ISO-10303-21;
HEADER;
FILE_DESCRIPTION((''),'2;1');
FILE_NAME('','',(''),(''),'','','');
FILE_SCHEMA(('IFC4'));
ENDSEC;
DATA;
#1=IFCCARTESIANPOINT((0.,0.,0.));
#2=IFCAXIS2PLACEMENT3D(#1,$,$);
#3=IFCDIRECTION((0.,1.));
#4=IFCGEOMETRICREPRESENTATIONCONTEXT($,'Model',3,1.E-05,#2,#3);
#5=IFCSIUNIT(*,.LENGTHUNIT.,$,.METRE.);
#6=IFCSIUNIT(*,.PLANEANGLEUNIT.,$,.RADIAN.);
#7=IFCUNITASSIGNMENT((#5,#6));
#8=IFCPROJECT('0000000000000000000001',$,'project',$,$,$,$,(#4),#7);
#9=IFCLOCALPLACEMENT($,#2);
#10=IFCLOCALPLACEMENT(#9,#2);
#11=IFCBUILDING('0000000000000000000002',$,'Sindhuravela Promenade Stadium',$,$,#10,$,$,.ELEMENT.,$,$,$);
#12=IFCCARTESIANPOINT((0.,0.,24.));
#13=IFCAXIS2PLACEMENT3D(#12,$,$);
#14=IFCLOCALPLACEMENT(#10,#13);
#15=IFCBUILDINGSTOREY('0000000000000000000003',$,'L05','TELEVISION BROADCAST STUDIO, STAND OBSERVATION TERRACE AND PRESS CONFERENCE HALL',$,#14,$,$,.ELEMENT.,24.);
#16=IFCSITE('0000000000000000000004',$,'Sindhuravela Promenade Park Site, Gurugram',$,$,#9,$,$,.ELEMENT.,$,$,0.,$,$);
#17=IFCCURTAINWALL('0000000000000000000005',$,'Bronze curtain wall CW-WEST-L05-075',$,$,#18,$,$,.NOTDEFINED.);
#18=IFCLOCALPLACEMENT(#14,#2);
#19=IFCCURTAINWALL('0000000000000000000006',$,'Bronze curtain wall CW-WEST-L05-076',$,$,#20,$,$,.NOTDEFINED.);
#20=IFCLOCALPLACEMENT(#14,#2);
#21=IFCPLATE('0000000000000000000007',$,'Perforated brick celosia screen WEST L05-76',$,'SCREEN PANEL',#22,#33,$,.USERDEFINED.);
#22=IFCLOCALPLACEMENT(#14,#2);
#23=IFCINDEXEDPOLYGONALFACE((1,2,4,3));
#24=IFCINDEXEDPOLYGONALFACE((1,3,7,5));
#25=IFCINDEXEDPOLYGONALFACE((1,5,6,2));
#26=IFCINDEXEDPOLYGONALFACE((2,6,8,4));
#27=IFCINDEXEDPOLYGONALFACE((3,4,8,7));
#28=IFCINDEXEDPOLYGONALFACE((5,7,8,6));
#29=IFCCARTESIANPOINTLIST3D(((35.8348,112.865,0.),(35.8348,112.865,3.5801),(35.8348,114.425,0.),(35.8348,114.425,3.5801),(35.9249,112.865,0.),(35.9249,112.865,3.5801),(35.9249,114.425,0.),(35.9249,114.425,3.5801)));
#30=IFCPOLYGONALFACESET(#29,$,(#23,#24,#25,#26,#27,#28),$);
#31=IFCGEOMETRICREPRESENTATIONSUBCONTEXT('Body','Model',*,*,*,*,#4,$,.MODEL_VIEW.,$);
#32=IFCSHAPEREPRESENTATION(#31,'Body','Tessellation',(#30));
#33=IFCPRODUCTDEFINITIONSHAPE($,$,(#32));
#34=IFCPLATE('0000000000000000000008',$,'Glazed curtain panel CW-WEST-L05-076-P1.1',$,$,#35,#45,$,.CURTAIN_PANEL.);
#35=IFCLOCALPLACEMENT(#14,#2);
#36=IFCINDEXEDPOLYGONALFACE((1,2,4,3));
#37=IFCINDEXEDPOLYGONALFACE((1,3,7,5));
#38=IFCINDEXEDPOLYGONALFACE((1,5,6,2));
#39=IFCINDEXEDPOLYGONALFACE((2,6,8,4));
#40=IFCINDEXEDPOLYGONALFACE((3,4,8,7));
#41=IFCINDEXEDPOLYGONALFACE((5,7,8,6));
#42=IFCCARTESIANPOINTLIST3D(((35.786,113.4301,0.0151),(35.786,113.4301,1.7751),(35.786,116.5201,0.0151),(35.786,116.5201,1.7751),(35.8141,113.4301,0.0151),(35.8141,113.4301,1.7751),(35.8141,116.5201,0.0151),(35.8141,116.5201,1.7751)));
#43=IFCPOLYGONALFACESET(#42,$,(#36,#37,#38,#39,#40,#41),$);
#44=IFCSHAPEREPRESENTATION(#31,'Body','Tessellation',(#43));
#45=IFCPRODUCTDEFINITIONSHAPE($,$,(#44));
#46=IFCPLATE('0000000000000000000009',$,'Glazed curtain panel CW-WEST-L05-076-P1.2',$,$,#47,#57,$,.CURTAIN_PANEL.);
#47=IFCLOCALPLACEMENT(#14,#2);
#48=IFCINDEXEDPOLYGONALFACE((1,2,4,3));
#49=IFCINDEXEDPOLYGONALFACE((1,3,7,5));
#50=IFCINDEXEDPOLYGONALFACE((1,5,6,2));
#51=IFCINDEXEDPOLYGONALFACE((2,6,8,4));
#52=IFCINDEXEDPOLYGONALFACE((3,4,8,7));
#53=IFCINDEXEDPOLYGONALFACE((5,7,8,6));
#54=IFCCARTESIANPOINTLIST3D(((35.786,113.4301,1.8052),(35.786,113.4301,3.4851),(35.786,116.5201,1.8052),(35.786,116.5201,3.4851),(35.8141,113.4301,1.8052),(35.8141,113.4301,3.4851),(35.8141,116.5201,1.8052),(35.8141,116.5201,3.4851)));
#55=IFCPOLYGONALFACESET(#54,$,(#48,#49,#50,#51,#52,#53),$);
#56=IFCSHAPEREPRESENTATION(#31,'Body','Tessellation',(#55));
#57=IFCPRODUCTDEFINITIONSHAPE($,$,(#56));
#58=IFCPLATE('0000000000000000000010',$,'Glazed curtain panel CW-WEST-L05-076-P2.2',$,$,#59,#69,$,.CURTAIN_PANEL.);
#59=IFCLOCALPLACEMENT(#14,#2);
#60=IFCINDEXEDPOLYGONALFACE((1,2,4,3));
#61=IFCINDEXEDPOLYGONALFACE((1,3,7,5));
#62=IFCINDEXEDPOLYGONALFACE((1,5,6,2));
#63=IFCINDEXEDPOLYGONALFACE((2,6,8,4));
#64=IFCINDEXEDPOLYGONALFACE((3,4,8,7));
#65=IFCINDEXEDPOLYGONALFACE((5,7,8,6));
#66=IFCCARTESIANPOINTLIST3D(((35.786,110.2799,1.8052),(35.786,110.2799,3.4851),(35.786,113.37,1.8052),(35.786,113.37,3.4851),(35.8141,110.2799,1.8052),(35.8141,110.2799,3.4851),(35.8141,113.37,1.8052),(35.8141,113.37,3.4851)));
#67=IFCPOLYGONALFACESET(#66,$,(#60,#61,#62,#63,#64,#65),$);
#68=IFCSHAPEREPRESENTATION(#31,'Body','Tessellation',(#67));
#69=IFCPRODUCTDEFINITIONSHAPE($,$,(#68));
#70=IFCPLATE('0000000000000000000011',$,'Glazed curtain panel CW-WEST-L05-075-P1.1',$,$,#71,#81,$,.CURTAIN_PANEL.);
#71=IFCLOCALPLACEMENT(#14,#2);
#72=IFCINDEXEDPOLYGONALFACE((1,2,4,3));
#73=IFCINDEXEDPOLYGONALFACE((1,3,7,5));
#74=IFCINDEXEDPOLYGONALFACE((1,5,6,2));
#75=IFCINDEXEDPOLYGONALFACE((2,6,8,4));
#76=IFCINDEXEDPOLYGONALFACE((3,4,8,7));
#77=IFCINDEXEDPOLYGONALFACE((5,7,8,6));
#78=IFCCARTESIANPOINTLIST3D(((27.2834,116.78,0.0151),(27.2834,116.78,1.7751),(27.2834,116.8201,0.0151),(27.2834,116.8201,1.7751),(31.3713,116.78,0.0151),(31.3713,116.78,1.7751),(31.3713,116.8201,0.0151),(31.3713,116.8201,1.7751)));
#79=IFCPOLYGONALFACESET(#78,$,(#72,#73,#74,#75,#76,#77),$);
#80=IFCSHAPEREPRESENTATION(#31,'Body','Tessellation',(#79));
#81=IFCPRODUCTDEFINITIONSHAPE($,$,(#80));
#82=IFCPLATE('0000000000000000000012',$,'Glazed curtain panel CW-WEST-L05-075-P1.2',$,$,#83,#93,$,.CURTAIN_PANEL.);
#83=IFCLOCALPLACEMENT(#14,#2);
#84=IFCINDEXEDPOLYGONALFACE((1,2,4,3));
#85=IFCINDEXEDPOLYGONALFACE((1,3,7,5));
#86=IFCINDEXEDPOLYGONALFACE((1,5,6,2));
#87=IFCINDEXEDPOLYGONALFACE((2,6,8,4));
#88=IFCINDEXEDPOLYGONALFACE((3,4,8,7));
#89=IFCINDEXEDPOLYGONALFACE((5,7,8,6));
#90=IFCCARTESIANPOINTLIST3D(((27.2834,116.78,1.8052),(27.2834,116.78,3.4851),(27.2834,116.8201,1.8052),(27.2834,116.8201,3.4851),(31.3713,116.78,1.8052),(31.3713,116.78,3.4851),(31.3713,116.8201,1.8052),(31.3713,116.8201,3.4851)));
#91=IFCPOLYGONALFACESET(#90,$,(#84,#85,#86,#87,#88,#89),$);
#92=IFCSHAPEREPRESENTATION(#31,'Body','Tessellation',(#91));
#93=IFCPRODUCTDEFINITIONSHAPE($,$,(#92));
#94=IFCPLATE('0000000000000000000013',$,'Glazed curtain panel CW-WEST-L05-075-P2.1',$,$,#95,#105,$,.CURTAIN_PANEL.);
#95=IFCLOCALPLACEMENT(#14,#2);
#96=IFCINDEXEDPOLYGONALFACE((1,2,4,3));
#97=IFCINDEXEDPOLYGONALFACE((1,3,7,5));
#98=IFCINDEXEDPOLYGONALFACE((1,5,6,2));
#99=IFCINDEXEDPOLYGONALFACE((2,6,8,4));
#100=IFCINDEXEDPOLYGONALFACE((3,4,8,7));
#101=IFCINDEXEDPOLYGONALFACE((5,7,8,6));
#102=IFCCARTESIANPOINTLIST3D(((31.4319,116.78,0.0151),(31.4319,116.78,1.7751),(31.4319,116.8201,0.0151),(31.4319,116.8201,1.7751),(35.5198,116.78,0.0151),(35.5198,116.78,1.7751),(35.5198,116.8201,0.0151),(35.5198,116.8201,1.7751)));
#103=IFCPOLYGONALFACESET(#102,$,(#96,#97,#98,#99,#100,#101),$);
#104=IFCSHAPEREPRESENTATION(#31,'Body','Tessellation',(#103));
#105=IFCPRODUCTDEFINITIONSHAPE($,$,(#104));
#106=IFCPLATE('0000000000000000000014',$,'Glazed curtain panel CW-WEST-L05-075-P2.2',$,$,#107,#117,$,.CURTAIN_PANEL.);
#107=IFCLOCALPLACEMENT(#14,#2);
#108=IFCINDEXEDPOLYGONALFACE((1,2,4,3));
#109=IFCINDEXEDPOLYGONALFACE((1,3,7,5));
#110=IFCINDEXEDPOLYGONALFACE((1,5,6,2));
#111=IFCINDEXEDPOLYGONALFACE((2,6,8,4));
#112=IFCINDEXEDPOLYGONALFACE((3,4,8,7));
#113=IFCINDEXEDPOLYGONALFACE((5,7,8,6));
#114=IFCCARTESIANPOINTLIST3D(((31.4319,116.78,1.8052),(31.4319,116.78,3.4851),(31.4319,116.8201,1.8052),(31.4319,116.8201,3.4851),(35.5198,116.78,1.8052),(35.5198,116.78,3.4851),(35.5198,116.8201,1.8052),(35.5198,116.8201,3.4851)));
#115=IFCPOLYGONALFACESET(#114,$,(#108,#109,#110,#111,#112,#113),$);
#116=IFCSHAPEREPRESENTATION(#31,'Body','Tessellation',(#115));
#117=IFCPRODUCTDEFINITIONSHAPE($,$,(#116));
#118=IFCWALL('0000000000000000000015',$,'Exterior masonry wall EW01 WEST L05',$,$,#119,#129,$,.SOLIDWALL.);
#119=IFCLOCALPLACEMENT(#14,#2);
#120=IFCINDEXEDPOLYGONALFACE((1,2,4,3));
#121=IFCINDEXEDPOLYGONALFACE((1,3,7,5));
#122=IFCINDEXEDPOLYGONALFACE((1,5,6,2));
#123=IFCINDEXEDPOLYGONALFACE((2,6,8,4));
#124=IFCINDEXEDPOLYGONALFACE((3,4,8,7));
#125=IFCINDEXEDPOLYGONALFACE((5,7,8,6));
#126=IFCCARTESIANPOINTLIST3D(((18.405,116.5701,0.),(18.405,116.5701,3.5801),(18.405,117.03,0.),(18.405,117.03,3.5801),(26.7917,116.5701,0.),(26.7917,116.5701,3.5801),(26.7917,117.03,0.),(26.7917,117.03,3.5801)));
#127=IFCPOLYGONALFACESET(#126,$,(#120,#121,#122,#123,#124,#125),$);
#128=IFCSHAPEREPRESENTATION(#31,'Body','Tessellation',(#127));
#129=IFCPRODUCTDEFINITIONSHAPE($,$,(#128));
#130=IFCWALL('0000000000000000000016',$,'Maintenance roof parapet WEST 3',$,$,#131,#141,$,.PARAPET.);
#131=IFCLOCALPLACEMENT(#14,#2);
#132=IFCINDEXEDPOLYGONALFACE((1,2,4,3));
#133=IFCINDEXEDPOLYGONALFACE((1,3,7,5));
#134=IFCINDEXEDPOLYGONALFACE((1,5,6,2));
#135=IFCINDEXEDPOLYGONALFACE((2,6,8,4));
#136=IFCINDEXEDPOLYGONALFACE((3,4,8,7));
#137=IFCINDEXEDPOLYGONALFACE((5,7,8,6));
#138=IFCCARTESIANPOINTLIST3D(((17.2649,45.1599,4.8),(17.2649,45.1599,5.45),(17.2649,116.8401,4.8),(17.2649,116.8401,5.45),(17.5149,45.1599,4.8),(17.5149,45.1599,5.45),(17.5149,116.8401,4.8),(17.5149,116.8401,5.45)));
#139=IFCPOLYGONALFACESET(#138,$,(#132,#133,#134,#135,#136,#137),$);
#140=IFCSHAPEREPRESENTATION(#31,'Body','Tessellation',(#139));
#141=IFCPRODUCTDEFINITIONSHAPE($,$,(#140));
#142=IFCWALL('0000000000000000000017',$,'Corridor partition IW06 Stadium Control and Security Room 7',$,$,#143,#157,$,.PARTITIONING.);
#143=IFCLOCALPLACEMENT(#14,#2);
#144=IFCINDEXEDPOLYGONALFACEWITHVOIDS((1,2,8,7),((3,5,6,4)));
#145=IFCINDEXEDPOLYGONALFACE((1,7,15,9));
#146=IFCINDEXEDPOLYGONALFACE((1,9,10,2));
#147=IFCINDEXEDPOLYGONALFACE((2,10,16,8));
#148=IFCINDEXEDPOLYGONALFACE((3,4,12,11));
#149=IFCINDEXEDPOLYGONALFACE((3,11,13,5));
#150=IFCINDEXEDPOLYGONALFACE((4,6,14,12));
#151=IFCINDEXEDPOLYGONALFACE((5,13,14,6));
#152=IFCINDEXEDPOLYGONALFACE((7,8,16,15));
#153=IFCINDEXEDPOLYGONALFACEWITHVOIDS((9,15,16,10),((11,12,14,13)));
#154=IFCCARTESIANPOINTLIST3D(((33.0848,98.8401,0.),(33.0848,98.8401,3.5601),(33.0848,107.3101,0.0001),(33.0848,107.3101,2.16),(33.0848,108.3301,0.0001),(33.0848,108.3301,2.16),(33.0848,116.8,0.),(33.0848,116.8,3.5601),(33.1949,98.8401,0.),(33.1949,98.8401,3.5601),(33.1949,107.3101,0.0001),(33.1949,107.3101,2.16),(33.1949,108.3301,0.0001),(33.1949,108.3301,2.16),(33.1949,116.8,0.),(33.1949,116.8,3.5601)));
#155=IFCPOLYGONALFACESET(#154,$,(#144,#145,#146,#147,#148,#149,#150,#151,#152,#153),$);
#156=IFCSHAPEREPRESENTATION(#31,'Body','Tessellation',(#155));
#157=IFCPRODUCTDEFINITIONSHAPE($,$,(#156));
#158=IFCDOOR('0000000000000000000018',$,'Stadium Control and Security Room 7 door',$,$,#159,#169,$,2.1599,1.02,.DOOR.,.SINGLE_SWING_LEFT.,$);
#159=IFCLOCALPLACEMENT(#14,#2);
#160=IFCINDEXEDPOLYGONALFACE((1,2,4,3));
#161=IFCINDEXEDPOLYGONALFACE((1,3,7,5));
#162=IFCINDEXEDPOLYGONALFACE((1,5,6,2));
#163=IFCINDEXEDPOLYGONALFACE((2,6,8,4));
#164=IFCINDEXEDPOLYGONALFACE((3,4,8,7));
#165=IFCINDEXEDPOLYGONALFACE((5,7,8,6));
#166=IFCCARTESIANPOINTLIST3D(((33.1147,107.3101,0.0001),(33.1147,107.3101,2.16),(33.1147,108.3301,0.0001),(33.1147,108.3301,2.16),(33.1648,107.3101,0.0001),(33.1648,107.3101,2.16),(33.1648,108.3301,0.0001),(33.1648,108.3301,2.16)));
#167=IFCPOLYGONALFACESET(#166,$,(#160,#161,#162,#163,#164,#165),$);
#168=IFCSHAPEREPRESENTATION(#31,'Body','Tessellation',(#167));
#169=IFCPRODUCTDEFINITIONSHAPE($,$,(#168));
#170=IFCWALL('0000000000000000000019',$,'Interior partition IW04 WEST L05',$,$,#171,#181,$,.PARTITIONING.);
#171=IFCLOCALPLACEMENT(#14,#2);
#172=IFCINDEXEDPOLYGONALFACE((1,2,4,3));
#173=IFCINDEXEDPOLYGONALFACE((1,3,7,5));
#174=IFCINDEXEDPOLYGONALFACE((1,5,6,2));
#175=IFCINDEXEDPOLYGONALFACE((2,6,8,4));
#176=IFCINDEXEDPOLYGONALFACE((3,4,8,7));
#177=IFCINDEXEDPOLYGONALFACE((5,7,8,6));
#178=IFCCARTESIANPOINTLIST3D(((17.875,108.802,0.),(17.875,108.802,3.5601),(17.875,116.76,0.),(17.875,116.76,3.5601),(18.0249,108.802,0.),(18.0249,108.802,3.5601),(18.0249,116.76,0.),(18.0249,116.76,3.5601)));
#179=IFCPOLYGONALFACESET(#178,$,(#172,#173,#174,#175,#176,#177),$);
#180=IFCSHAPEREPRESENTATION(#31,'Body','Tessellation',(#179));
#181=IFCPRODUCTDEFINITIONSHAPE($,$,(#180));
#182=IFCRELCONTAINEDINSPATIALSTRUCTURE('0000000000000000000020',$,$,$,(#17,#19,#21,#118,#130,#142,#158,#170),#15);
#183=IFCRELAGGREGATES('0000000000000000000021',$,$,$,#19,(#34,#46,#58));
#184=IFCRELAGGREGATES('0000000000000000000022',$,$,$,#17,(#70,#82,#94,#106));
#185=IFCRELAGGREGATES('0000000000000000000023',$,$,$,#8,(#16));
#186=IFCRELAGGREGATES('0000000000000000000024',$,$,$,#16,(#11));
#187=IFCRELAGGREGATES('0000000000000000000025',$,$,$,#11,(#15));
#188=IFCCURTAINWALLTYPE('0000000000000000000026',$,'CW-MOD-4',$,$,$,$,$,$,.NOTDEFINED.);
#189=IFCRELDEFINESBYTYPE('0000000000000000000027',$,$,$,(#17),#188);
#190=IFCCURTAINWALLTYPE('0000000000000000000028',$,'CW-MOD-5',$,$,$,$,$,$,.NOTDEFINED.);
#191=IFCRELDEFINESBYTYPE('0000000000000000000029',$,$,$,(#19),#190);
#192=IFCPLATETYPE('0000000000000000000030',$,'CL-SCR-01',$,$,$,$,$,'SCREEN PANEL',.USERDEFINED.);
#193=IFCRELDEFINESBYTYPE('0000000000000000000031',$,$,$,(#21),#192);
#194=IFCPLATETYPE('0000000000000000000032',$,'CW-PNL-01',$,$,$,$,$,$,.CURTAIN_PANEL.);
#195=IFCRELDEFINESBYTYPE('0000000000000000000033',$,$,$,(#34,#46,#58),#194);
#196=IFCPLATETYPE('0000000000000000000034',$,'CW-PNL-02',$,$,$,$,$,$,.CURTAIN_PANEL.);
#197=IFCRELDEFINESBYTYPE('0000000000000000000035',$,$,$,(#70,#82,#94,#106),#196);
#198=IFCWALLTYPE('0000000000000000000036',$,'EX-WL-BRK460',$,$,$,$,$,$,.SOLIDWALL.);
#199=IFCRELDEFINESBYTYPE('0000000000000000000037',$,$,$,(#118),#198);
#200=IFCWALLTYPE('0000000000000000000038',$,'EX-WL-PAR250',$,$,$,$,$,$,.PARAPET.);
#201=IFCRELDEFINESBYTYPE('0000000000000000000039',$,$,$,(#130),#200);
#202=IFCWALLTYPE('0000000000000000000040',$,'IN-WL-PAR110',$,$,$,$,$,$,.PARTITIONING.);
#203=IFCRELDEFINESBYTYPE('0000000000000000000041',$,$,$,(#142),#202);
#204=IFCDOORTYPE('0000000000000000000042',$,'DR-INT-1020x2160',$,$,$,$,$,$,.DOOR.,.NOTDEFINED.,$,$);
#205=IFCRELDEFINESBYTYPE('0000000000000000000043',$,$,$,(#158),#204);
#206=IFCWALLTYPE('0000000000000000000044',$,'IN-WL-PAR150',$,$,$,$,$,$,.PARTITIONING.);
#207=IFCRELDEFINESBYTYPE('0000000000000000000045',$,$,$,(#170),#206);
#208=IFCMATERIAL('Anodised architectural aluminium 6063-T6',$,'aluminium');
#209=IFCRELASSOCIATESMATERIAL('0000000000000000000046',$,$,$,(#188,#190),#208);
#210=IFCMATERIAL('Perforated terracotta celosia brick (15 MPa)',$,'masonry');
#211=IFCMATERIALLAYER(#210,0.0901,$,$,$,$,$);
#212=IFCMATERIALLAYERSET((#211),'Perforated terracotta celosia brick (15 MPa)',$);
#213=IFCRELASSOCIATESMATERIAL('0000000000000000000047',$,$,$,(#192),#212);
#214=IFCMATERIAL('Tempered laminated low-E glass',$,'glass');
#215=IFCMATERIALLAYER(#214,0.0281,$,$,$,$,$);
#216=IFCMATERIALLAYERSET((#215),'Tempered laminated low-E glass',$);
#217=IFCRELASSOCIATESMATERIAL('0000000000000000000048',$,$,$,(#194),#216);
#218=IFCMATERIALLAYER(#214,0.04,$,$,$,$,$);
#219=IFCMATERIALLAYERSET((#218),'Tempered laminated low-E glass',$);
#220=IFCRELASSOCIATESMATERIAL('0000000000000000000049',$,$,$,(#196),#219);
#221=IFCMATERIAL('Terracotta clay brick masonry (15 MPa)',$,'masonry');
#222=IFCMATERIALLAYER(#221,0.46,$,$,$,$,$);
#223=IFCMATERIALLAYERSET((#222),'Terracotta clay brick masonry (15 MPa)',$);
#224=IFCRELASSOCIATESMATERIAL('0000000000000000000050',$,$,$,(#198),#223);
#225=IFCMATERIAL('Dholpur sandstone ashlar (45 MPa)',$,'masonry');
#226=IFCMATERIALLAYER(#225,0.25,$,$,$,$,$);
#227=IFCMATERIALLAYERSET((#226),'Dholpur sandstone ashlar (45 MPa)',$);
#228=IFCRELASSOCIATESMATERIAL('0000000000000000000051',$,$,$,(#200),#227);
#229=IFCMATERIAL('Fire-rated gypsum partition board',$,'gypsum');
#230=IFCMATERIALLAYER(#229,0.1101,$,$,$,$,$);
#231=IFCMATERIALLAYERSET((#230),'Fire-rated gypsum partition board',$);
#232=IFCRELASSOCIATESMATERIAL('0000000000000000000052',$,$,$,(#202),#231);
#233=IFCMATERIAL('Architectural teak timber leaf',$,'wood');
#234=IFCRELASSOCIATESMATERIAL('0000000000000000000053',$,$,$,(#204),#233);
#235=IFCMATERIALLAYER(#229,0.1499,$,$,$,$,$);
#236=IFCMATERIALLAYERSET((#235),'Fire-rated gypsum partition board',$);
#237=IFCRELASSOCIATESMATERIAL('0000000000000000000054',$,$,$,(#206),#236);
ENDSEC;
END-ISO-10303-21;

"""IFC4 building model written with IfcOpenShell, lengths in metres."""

from ifc_helpers import new_model, si_unit, direction, frame, frame_2d, origin, origin_2d, place, context, subcontext, project, spatial, rectangle, extrude, material, layer, layer_set, type_object, element, fill, aggregate, save


model = new_model("IFC4")

# Units and contexts
model_context = context("Model", 3, precision=1e-05, world=origin(), true_north=direction((0.0, 1.0)))
body_context = subcontext(model_context, "Body", "Model", "MODEL_VIEW")
ifc_project = project(units=[si_unit("LENGTHUNIT", "METRE"), si_unit("PLANEANGLEUNIT", "RADIAN")], contexts=[model_context])

# Site, building, storey
site_placement = place(None, origin())
site = spatial("IfcSite", under=ifc_project, at=site_placement, Name="Sindhuravela Promenade Park Site, Gurugram", CompositionType="ELEMENT", RefElevation=0.0)
building_placement = place(site_placement, origin())
building = spatial("IfcBuilding", under=site, at=building_placement, Name="Sindhuravela Promenade Stadium", CompositionType="ELEMENT")
storey_placement = place(building_placement, frame((0.0, 0.0, 24.0)))
storey = spatial("IfcBuildingStorey", under=building, at=storey_placement, Name="L05", Description="TELEVISION BROADCAST STUDIO, STAND OBSERVATION TERRACE AND PRESS CONFERENCE HALL", CompositionType="ELEMENT", Elevation=24.0)

# Curtain walls
ifc_material_1 = material(Name="Anodised architectural aluminium 6063-T6", Category="aluminium")
curtain_wall_type_1 = type_object("IfcCurtainWallType", Name="CW-MOD-4", PredefinedType="NOTDEFINED", material=ifc_material_1)
curtain_wall_1_placement = place(storey_placement, origin())
curtain_wall_1 = element("IfcCurtainWall", 1, at=curtain_wall_1_placement, inside=storey, type_object=curtain_wall_type_1, Name="Bronze curtain wall CW-WEST-L05-075", PredefinedType="NOTDEFINED")
curtain_wall_type_2 = type_object("IfcCurtainWallType", Name="CW-MOD-5", PredefinedType="NOTDEFINED", material=ifc_material_1)
curtain_wall_2_placement = place(storey_placement, origin())
curtain_wall_2 = element("IfcCurtainWall", 2, at=curtain_wall_2_placement, inside=storey, type_object=curtain_wall_type_2, Name="Bronze curtain wall CW-WEST-L05-076", PredefinedType="NOTDEFINED")

# Plates
ifc_material_2 = material(Name="Perforated terracotta celosia brick (15 MPa)", Category="masonry")
ifc_layer_1 = layer(ifc_material_2, 0.0901)
ifc_layer_set_1 = layer_set([ifc_layer_1], Name="Perforated terracotta celosia brick (15 MPa)")
plate_type_1 = type_object("IfcPlateType", Name="CL-SCR-01", ElementType="SCREEN PANEL", PredefinedType="USERDEFINED", material=ifc_layer_set_1)
plate_1_placement = place(storey_placement, frame((35.8799, 113.645, 0.0), z_axis=(0.0, 0.0, 1.0), x_axis=(0.0, -1.0, 0.0)))
element("IfcPlate", 3, at=plate_1_placement, inside=storey, type_object=plate_type_1, Name="Perforated brick celosia screen WEST L05-76", ObjectType="SCREEN PANEL", PredefinedType="USERDEFINED", context=body_context, shape_type="SweptSolid", body=[
    extrude(rectangle(XDim=1.5601, YDim=0.0901, at=origin_2d()), origin(), (0.0, 0.0, 1.0), 3.5801),
])
ifc_material_3 = material(Name="Tempered laminated low-E glass", Category="glass")
ifc_layer_2 = layer(ifc_material_3, 0.0281)
ifc_layer_set_2 = layer_set([ifc_layer_2], Name="Tempered laminated low-E glass")
plate_type_2 = type_object("IfcPlateType", Name="CW-PNL-01", PredefinedType="CURTAIN_PANEL", material=ifc_layer_set_2)
plate_2_placement = place(storey_placement, frame((35.8, 114.9751, 0.0151), z_axis=(0.0, 0.0, 1.0), x_axis=(0.0, -1.0, 0.0)))
plate_2 = element("IfcPlate", 4, at=plate_2_placement, type_object=plate_type_2, Name="Glazed curtain panel CW-WEST-L05-076-P1.1", PredefinedType="CURTAIN_PANEL", context=body_context, shape_type="SweptSolid", body=[
    extrude(rectangle(XDim=3.0901, YDim=0.0281, at=origin_2d()), origin(), (0.0, 0.0, 1.0), 1.76),
])
plate_3_placement = place(storey_placement, frame((35.8, 114.9751, 1.8052), z_axis=(0.0, 0.0, 1.0), x_axis=(0.0, -1.0, 0.0)))
plate_3 = element("IfcPlate", 5, at=plate_3_placement, type_object=plate_type_2, Name="Glazed curtain panel CW-WEST-L05-076-P1.2", PredefinedType="CURTAIN_PANEL", context=body_context, shape_type="SweptSolid", body=[
    extrude(rectangle(XDim=3.0901, YDim=0.0281, at=origin_2d()), origin(), (0.0, 0.0, 1.0), 1.6799),
])
plate_4_placement = place(storey_placement, frame((35.8, 111.825, 1.8052), z_axis=(0.0, 0.0, 1.0), x_axis=(0.0, -1.0, 0.0)))
plate_4 = element("IfcPlate", 6, at=plate_4_placement, type_object=plate_type_2, Name="Glazed curtain panel CW-WEST-L05-076-P2.2", PredefinedType="CURTAIN_PANEL", context=body_context, shape_type="SweptSolid", body=[
    extrude(rectangle(XDim=3.0901, YDim=0.0281, at=origin_2d()), origin(), (0.0, 0.0, 1.0), 1.6799),
])
aggregate(curtain_wall_2, [plate_2, plate_3, plate_4])
ifc_layer_3 = layer(ifc_material_3, 0.04)
ifc_layer_set_3 = layer_set([ifc_layer_3], Name="Tempered laminated low-E glass")
plate_type_3 = type_object("IfcPlateType", Name="CW-PNL-02", PredefinedType="CURTAIN_PANEL", material=ifc_layer_set_3)
plate_5_placement = place(storey_placement, frame((29.3274, 116.8, 0.0151), z_axis=(0.0, 0.0, 1.0), x_axis=(1.0, 0.0, 0.0)))
plate_5 = element("IfcPlate", 7, at=plate_5_placement, type_object=plate_type_3, Name="Glazed curtain panel CW-WEST-L05-075-P1.1", PredefinedType="CURTAIN_PANEL", context=body_context, shape_type="SweptSolid", body=[
    extrude(rectangle(XDim=4.0879, YDim=0.04, at=origin_2d()), origin(), (0.0, 0.0, 1.0), 1.76),
])
plate_6_placement = place(storey_placement, frame((29.3274, 116.8, 1.8052), z_axis=(0.0, 0.0, 1.0), x_axis=(1.0, 0.0, 0.0)))
plate_6 = element("IfcPlate", 8, at=plate_6_placement, type_object=plate_type_3, Name="Glazed curtain panel CW-WEST-L05-075-P1.2", PredefinedType="CURTAIN_PANEL", context=body_context, shape_type="SweptSolid", body=[
    extrude(rectangle(XDim=4.0879, YDim=0.04, at=origin_2d()), origin(), (0.0, 0.0, 1.0), 1.6799),
])
plate_7_placement = place(storey_placement, frame((33.4758, 116.8, 0.0151), z_axis=(0.0, 0.0, 1.0), x_axis=(1.0, 0.0, 0.0)))
plate_7 = element("IfcPlate", 9, at=plate_7_placement, type_object=plate_type_3, Name="Glazed curtain panel CW-WEST-L05-075-P2.1", PredefinedType="CURTAIN_PANEL", context=body_context, shape_type="SweptSolid", body=[
    extrude(rectangle(XDim=4.0879, YDim=0.04, at=origin_2d()), origin(), (0.0, 0.0, 1.0), 1.76),
])
plate_8_placement = place(storey_placement, frame((33.4758, 116.8, 1.8052), z_axis=(0.0, 0.0, 1.0), x_axis=(1.0, 0.0, 0.0)))
plate_8 = element("IfcPlate", 10, at=plate_8_placement, type_object=plate_type_3, Name="Glazed curtain panel CW-WEST-L05-075-P2.2", PredefinedType="CURTAIN_PANEL", context=body_context, shape_type="SweptSolid", body=[
    extrude(rectangle(XDim=4.0879, YDim=0.04, at=origin_2d()), origin(), (0.0, 0.0, 1.0), 1.6799),
])
aggregate(curtain_wall_1, [plate_5, plate_6, plate_7, plate_8])

# Walls
ifc_material_4 = material(Name="Terracotta clay brick masonry (15 MPa)", Category="masonry")
ifc_layer_4 = layer(ifc_material_4, 0.46)
ifc_layer_set_4 = layer_set([ifc_layer_4], Name="Terracotta clay brick masonry (15 MPa)")
wall_type_1 = type_object("IfcWallType", Name="EX-WL-BRK460", PredefinedType="SOLIDWALL", material=ifc_layer_set_4)
wall_1_placement = place(storey_placement, frame((18.405, 116.8, 0.0), z_axis=(0.0, 0.0, 1.0), x_axis=(1.0, 0.0, 0.0)))
element("IfcWall", 11, at=wall_1_placement, inside=storey, type_object=wall_type_1, Name="Exterior masonry wall EW01 WEST L05", PredefinedType="SOLIDWALL", context=body_context, shape_type="SweptSolid", body=[
    extrude(rectangle(XDim=8.3867, YDim=0.46, at=frame_2d((4.1934, 0.0))), origin(), (0.0, 0.0, 1.0), 3.5801),
])
ifc_material_5 = material(Name="Dholpur sandstone ashlar (45 MPa)", Category="masonry")
ifc_layer_5 = layer(ifc_material_5, 0.25)
ifc_layer_set_5 = layer_set([ifc_layer_5], Name="Dholpur sandstone ashlar (45 MPa)")
wall_type_2 = type_object("IfcWallType", Name="EX-WL-PAR250", PredefinedType="PARAPET", material=ifc_layer_set_5)
wall_2_placement = place(storey_placement, frame((17.3899, 116.8401, 4.8), z_axis=(0.0, 0.0, 1.0), x_axis=(0.0, -1.0, 0.0)))
element("IfcWall", 12, at=wall_2_placement, inside=storey, type_object=wall_type_2, Name="Maintenance roof parapet WEST 3", PredefinedType="PARAPET", context=body_context, shape_type="SweptSolid", body=[
    extrude(rectangle(XDim=71.6802, YDim=0.25, at=frame_2d((35.8401, 0.0))), origin(), (0.0, 0.0, 1.0), 0.6499),
])

# Wall, opening, door
ifc_material_6 = material(Name="Fire-rated gypsum partition board", Category="gypsum")
ifc_layer_6 = layer(ifc_material_6, 0.1101)
ifc_layer_set_6 = layer_set([ifc_layer_6], Name="Fire-rated gypsum partition board")
wall_type_3 = type_object("IfcWallType", Name="IN-WL-PAR110", PredefinedType="PARTITIONING", material=ifc_layer_set_6)
wall_3_placement = place(storey_placement, frame((33.1399, 116.8, 0.0), z_axis=(0.0, 0.0, 1.0), x_axis=(0.0, -1.0, 0.0)))
wall_3 = element("IfcWall", 13, at=wall_3_placement, inside=storey, type_object=wall_type_3, Name="Corridor partition IW06 Stadium Control and Security Room 7", PredefinedType="PARTITIONING", context=body_context, shape_type="SweptSolid", body=[
    extrude(rectangle(XDim=17.96, YDim=0.1101, at=frame_2d((8.98, 0.0))), origin(), (0.0, 0.0, 1.0), 3.5601),
])
opening_placement = place(wall_3_placement, frame((8.47, 0.0, 0.0)))
opening = element("IfcOpeningElement", 14, at=opening_placement, cuts=wall_3, PredefinedType="OPENING", context=body_context, shape_type="SweptSolid", body=[
    extrude(rectangle(XDim=1.02, YDim=2.1599, at=frame_2d((0.51, 1.0801))), frame((0.0, 0.0649, 0.0), z_axis=(0.0, -1.0, 0.0), x_axis=(1.0, 0.0, 0.0)), (0.0, 0.0, 1.0), 0.1301),
])
ifc_material_7 = material(Name="Architectural teak timber leaf", Category="wood")
door_type = type_object("IfcDoorType", Name="DR-INT-1020x2160", OperationType="NOTDEFINED", PredefinedType="DOOR", material=ifc_material_7)
door_placement = place(opening_placement, origin())
door = element("IfcDoor", 15, at=door_placement, inside=storey, type_object=door_type, Name="Stadium Control and Security Room 7 door", OperationType="SINGLE_SWING_LEFT", OverallHeight=2.1599, OverallWidth=1.02, PredefinedType="DOOR", context=body_context, shape_type="SweptSolid", body=[
    extrude(rectangle(XDim=1.02, YDim=2.1599, at=frame_2d((0.51, 1.0801))), frame((0.0, 0.0249, 0.0), z_axis=(0.0, -1.0, 0.0), x_axis=(1.0, 0.0, 0.0)), (0.0, 0.0, 1.0), 0.05),
])
fill(opening, door)

# Wall
ifc_layer_7 = layer(ifc_material_6, 0.1499)
ifc_layer_set_7 = layer_set([ifc_layer_7], Name="Fire-rated gypsum partition board")
wall_type_4 = type_object("IfcWallType", Name="IN-WL-PAR150", PredefinedType="PARTITIONING", material=ifc_layer_set_7)
wall_4_placement = place(storey_placement, frame((17.95, 116.76, 0.0), z_axis=(0.0, 0.0, 1.0), x_axis=(0.0, -1.0, 0.0)))
element("IfcWall", 16, at=wall_4_placement, inside=storey, type_object=wall_type_4, Name="Interior partition IW04 WEST L05", PredefinedType="PARTITIONING", context=body_context, shape_type="SweptSolid", body=[
    extrude(rectangle(XDim=7.958, YDim=0.1499, at=frame_2d((3.979, 0.0))), origin(), (0.0, 0.0, 1.0), 3.5601),
])

save(model, "model.ifc")
